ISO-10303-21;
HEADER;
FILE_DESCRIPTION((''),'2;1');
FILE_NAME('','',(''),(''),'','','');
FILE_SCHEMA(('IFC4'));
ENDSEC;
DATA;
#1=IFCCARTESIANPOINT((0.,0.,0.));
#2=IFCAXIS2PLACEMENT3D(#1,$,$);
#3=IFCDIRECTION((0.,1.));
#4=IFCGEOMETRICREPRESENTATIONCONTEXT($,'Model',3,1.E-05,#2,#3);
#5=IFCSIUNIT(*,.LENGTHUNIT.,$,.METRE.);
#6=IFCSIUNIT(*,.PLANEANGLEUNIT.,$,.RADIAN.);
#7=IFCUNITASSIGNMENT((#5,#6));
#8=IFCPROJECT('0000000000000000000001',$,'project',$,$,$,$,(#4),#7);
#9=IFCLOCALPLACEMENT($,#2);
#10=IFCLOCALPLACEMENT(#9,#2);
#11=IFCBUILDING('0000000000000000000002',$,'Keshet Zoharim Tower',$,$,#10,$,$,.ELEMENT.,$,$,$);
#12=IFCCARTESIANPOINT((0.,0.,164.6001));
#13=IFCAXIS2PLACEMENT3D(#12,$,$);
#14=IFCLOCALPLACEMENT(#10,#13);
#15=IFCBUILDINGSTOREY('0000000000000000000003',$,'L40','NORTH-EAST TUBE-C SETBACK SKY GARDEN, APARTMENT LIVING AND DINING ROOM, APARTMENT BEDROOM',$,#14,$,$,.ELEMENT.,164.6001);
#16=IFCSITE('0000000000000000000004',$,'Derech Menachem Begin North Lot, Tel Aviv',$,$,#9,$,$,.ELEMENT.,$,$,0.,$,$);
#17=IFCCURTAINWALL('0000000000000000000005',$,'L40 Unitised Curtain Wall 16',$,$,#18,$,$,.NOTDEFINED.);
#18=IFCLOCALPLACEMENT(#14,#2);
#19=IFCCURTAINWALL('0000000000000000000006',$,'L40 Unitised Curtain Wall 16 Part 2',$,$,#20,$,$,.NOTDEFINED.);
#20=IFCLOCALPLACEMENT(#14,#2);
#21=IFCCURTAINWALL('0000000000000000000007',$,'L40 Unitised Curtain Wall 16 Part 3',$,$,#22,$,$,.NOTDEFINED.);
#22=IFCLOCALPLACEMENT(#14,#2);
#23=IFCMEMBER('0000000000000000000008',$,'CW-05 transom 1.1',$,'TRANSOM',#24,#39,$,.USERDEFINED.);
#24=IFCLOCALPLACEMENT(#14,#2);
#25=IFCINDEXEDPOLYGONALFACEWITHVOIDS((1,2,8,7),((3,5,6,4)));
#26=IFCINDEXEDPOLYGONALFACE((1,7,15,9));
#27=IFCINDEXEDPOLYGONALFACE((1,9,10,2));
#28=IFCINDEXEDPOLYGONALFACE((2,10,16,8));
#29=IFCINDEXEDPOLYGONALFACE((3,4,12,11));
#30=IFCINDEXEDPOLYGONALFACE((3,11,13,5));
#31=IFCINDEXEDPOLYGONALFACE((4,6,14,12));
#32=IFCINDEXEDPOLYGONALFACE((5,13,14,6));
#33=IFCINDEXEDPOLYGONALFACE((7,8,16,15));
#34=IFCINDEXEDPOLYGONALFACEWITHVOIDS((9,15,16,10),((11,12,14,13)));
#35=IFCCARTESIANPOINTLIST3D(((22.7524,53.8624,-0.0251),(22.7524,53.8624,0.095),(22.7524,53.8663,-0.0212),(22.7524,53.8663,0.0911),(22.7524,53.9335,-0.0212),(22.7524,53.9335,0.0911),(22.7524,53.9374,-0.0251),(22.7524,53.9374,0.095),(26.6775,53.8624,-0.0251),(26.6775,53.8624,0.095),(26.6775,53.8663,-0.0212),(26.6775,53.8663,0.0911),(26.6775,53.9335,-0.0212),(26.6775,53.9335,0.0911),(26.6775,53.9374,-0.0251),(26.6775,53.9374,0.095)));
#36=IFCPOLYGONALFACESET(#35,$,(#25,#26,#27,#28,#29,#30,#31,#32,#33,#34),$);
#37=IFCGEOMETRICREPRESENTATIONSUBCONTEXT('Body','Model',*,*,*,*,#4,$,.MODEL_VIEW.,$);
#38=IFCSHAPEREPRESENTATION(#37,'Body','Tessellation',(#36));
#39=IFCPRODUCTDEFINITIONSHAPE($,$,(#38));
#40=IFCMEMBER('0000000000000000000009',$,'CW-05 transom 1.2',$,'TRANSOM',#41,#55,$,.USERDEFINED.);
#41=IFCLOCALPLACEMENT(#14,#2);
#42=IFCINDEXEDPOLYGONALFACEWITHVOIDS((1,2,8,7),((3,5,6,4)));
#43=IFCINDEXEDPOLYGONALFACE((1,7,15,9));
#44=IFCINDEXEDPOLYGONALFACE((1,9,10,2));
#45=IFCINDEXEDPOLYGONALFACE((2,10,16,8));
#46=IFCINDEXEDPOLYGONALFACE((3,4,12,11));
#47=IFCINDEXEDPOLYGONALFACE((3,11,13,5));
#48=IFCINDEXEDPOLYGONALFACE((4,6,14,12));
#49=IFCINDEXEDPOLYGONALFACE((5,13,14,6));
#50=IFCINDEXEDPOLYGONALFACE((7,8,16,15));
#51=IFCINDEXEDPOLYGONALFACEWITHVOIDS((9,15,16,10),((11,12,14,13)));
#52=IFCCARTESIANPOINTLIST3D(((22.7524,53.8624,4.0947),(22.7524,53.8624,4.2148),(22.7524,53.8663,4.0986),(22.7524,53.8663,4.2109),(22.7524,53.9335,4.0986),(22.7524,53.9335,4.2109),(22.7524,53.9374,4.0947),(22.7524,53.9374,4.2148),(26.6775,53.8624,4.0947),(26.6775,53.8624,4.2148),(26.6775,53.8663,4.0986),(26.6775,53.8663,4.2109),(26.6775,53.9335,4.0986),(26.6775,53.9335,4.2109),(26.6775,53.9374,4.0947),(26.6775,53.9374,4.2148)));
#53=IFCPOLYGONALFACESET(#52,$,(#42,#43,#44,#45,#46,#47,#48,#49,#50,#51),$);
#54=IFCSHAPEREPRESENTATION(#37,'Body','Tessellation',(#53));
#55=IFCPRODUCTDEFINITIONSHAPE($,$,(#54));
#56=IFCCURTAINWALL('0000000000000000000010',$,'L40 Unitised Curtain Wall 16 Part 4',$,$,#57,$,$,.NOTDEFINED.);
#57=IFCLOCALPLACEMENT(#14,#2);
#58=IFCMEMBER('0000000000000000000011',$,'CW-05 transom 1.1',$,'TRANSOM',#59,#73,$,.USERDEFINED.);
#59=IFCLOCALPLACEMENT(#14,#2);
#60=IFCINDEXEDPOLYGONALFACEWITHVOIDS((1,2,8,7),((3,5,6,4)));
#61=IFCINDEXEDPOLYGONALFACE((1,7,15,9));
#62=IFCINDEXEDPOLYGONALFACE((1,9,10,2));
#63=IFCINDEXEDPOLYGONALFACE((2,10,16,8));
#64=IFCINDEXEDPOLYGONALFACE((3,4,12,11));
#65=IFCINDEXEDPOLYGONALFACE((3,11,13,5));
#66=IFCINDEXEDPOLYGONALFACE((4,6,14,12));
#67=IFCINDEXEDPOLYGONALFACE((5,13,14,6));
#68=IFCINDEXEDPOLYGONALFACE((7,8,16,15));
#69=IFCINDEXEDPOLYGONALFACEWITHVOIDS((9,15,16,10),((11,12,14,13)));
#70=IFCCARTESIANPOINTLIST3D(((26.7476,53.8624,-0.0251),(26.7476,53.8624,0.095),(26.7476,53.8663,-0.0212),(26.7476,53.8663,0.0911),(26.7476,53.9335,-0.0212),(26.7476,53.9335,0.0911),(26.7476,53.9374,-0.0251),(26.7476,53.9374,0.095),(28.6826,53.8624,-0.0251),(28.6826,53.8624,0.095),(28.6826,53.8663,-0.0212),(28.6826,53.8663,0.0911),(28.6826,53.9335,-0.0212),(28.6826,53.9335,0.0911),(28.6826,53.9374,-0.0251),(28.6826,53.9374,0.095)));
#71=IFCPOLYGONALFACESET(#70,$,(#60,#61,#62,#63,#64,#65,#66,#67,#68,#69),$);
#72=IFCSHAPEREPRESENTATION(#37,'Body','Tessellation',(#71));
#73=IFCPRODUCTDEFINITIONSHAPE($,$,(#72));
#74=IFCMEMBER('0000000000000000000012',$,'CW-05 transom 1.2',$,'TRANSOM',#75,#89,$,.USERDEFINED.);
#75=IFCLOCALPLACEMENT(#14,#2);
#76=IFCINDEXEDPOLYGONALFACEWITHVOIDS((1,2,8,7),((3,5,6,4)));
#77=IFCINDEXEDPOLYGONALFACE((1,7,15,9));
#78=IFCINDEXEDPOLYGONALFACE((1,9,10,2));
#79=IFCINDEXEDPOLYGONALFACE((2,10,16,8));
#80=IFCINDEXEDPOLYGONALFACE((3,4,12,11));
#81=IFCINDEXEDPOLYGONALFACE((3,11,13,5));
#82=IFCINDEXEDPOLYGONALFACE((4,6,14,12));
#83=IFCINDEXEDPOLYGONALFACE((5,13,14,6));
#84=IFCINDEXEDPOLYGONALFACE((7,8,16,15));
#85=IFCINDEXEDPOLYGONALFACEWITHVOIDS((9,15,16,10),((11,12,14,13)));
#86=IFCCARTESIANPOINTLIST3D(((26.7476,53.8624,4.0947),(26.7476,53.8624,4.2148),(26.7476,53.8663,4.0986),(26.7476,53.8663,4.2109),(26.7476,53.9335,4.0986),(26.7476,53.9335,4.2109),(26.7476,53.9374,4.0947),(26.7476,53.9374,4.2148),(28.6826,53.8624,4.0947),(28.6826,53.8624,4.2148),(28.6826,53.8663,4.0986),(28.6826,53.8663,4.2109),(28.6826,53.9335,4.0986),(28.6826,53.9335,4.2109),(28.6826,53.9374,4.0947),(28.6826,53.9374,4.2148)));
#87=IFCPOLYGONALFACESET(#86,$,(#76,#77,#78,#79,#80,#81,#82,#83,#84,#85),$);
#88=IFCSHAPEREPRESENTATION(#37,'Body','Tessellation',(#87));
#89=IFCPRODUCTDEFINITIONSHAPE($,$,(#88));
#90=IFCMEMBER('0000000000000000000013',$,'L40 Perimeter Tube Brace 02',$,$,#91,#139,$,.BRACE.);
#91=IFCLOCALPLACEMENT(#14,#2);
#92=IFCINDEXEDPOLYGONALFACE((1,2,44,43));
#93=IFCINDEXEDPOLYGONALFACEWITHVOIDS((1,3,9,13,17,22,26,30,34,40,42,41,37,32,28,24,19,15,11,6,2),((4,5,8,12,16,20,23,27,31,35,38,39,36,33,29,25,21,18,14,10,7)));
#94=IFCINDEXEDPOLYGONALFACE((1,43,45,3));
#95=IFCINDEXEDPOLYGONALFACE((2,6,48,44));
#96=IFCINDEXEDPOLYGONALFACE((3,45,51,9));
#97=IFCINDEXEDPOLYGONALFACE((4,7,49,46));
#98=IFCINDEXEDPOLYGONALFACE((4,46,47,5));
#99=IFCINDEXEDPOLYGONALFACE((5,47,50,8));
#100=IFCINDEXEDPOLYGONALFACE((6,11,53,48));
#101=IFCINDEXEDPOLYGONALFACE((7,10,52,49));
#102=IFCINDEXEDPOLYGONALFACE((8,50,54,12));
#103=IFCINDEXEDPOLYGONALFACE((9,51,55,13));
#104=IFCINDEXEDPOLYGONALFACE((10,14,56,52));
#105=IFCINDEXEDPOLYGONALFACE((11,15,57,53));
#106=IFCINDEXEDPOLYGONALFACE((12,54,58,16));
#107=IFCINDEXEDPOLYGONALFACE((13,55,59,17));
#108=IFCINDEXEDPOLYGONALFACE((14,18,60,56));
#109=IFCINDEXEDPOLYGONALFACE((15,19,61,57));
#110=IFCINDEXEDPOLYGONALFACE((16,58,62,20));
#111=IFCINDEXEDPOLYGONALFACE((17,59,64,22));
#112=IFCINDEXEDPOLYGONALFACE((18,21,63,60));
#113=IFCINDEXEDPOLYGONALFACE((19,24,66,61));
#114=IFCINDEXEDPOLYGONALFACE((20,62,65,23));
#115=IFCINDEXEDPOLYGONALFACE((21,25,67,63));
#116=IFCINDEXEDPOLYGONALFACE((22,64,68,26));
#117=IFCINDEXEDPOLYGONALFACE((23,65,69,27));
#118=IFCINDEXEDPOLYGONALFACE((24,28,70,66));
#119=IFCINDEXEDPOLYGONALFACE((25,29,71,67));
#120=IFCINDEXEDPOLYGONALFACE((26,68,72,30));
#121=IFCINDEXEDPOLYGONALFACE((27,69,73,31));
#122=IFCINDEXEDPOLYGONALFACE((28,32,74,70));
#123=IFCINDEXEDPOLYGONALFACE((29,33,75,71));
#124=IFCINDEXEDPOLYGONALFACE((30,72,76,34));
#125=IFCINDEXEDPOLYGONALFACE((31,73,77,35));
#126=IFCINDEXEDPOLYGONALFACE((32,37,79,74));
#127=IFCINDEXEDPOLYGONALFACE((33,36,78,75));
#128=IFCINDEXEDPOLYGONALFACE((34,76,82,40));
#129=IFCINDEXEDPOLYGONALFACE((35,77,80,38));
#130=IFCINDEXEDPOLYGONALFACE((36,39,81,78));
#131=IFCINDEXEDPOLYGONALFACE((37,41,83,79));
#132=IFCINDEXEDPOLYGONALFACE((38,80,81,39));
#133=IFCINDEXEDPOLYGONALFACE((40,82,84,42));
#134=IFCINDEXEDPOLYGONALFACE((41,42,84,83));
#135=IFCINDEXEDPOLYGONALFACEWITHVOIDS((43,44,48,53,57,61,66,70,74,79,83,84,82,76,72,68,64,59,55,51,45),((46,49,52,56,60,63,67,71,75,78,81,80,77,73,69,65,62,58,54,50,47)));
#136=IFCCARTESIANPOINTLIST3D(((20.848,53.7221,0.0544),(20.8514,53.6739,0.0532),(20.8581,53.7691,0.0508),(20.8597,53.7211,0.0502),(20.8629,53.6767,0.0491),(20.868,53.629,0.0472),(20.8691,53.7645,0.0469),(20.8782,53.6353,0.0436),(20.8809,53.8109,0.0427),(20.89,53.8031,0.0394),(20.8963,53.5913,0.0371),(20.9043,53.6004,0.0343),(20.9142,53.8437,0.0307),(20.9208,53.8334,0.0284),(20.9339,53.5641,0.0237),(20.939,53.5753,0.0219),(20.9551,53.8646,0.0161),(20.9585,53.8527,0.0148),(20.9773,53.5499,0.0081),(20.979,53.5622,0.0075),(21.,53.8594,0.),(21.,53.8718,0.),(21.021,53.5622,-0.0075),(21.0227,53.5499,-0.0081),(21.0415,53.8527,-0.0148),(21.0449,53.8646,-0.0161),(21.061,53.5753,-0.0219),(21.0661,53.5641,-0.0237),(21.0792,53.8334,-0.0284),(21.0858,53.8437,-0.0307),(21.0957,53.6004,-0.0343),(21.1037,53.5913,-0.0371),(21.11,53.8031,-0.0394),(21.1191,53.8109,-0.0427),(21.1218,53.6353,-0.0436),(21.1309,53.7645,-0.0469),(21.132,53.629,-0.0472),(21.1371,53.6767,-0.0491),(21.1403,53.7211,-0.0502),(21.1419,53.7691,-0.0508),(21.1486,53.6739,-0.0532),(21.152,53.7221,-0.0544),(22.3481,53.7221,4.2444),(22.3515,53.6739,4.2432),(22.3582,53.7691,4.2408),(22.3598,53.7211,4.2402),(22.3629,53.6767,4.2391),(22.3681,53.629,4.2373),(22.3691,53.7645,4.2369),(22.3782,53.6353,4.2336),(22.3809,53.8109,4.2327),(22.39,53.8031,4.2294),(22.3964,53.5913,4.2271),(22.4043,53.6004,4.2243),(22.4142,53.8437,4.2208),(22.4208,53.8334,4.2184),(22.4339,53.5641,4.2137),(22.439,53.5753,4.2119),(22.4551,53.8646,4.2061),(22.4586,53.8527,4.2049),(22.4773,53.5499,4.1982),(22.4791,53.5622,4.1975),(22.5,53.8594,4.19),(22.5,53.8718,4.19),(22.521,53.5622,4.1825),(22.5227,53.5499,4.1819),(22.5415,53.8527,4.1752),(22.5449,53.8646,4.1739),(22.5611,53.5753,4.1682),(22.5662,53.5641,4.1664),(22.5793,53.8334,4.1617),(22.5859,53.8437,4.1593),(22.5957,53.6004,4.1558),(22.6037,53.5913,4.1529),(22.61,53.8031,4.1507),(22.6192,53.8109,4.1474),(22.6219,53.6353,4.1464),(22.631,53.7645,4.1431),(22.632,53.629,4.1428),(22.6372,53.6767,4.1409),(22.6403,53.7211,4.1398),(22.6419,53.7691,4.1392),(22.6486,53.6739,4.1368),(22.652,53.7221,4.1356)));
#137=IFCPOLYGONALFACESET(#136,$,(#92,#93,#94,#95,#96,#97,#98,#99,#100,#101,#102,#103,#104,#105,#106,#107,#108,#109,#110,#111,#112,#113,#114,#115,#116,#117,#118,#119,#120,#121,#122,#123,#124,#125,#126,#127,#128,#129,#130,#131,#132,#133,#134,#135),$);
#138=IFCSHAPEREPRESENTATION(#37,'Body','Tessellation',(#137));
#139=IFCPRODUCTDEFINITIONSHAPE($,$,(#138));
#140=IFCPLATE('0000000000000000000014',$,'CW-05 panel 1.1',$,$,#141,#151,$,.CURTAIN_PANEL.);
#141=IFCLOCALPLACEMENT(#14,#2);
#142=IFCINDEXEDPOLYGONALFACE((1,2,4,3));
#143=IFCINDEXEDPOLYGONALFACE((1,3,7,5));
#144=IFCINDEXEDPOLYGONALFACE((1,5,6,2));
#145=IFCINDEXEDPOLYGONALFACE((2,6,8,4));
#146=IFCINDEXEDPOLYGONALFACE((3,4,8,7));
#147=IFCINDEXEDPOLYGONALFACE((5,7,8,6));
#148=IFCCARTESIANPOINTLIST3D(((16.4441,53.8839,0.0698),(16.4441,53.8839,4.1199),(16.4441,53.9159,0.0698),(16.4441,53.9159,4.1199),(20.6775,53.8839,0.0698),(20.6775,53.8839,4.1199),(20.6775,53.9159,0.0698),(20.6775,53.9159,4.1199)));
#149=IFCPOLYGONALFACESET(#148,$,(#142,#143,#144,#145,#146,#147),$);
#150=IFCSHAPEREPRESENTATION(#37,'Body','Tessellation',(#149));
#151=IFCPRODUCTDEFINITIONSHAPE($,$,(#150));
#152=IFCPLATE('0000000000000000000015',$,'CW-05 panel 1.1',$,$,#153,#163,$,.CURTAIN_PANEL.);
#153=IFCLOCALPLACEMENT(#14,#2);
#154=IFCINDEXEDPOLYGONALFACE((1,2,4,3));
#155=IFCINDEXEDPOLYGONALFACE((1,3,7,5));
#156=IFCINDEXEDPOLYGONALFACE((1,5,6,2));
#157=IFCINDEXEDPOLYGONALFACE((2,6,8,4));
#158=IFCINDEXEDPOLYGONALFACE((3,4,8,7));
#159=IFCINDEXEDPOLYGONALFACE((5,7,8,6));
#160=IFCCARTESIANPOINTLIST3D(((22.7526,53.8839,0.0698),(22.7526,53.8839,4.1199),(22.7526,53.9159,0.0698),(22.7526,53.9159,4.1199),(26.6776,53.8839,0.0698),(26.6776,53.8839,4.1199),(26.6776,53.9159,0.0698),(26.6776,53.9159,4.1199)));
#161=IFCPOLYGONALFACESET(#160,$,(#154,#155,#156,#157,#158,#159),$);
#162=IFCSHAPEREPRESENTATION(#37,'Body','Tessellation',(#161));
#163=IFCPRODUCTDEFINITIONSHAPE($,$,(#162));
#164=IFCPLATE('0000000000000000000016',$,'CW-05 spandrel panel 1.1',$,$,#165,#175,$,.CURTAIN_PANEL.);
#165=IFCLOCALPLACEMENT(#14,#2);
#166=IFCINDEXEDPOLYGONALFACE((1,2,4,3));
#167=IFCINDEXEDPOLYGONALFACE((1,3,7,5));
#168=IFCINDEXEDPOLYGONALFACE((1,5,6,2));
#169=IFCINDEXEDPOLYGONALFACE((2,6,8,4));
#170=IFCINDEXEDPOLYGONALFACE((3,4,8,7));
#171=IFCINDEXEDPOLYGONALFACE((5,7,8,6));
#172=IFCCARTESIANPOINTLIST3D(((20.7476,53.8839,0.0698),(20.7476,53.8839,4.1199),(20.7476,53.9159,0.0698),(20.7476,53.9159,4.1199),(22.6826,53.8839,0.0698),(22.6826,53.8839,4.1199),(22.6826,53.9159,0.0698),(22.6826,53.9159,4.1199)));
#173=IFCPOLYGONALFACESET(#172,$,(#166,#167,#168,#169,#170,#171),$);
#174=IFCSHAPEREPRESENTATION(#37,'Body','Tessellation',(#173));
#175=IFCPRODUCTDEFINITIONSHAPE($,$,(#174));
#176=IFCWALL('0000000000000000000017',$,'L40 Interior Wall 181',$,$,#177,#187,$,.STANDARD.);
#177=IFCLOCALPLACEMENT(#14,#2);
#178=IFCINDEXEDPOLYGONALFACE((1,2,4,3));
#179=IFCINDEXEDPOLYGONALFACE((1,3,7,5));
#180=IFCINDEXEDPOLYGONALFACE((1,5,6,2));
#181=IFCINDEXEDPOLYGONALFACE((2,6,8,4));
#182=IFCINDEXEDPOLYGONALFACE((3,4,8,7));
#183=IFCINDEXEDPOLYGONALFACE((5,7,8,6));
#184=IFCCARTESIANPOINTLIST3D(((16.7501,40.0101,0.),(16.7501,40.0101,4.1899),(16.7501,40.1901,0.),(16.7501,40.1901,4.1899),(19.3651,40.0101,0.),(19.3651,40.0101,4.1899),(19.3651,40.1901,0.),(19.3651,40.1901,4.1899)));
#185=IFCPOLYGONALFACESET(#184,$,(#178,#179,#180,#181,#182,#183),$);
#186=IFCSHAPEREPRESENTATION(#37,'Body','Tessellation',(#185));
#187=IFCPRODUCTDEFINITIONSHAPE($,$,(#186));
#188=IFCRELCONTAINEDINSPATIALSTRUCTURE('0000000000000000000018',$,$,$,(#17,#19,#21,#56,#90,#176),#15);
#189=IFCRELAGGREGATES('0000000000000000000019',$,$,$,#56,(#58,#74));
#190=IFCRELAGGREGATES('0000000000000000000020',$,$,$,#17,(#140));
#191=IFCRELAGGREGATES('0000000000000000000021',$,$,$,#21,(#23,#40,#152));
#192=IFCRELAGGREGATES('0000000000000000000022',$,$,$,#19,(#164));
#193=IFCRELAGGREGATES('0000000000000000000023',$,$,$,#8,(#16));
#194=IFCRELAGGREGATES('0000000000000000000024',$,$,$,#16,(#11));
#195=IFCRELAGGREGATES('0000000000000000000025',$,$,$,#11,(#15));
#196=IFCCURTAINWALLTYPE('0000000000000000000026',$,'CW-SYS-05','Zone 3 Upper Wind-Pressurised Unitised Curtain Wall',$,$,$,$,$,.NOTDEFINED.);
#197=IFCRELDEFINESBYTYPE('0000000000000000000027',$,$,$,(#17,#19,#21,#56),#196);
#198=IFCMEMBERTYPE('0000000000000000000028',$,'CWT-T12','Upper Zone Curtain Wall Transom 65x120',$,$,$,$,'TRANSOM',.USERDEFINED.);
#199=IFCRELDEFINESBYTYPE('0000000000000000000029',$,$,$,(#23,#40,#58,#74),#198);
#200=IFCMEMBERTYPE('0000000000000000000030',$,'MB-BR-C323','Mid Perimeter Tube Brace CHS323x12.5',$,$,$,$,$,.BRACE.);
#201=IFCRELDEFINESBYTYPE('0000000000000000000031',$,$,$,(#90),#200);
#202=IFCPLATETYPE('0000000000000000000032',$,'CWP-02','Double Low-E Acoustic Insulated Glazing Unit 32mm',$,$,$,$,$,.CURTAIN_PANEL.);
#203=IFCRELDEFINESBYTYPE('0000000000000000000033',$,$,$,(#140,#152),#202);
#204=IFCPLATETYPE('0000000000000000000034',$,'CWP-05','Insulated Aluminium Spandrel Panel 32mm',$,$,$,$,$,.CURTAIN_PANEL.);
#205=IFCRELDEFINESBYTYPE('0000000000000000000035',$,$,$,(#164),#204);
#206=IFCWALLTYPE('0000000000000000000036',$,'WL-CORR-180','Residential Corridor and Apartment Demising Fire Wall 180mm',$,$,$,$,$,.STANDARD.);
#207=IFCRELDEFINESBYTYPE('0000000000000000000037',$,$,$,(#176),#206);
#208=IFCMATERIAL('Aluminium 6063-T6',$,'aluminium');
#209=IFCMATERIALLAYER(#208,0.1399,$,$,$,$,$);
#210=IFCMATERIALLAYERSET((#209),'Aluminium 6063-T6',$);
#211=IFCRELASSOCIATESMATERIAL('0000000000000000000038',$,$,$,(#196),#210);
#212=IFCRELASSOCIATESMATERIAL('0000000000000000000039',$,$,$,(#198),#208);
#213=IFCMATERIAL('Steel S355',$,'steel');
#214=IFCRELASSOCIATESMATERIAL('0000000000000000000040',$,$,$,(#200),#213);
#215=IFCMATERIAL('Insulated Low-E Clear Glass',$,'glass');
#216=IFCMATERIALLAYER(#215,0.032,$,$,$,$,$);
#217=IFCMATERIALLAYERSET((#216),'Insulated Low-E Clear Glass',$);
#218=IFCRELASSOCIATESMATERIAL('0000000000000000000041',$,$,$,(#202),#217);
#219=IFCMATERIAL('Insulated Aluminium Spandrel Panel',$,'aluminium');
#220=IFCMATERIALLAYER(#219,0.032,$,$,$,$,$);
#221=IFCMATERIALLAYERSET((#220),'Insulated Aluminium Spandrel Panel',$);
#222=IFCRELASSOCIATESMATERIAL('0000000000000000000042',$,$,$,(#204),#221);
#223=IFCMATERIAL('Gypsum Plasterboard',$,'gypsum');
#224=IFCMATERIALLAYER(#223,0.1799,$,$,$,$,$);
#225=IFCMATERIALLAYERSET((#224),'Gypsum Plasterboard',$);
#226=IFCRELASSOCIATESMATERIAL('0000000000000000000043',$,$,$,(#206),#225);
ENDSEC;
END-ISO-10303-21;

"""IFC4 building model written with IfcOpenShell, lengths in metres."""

from ifc_helpers import new_model, si_unit, direction, frame, frame_2d, origin, origin_2d, place, context, subcontext, project, spatial, rectangle, hollow_rectangle, hollow_circle, extrude, material, layer, layer_set, material_profile, profile_set, type_object, element, aggregate, save


model = new_model("IFC4")

# Units and contexts
model_context = context("Model", 3, precision=1e-05, world=origin(), true_north=direction((0.0, 1.0)))
body_context = subcontext(model_context, "Body", "Model", "MODEL_VIEW")
ifc_project = project(units=[si_unit("LENGTHUNIT", "METRE"), si_unit("PLANEANGLEUNIT", "RADIAN")], contexts=[model_context])

# Site, building, storey
site_placement = place(None, origin())
site = spatial("IfcSite", under=ifc_project, at=site_placement, Name="Derech Menachem Begin North Lot, Tel Aviv", CompositionType="ELEMENT", RefElevation=0.0)
building_placement = place(site_placement, origin())
building = spatial("IfcBuilding", under=site, at=building_placement, Name="Keshet Zoharim Tower", CompositionType="ELEMENT")
storey_placement = place(building_placement, frame((0.0, 0.0, 164.6001)))
storey = spatial("IfcBuildingStorey", under=building, at=storey_placement, Name="L40", Description="NORTH-EAST TUBE-C SETBACK SKY GARDEN, APARTMENT LIVING AND DINING ROOM, APARTMENT BEDROOM", CompositionType="ELEMENT", Elevation=164.6001)

# Shared definitions
ifc_material_1 = material(Name="Steel S355", Category="steel")

# Curtain walls
ifc_material_2 = material(Name="Aluminium 6063-T6", Category="aluminium")
ifc_layer_1 = layer(ifc_material_2, 0.1399)
ifc_layer_set_1 = layer_set([ifc_layer_1], Name="Aluminium 6063-T6")
curtain_wall_type = type_object("IfcCurtainWallType", Name="CW-SYS-05", Description="Zone 3 Upper Wind-Pressurised Unitised Curtain Wall", PredefinedType="NOTDEFINED", material=ifc_layer_set_1)
curtain_wall_1_placement = place(storey_placement, origin())
curtain_wall_1 = element("IfcCurtainWall", 1, at=curtain_wall_1_placement, inside=storey, type_object=curtain_wall_type, Name="L40 Unitised Curtain Wall 16", PredefinedType="NOTDEFINED")
curtain_wall_2_placement = place(storey_placement, origin())
curtain_wall_2 = element("IfcCurtainWall", 2, at=curtain_wall_2_placement, inside=storey, type_object=curtain_wall_type, Name="L40 Unitised Curtain Wall 16 Part 2", PredefinedType="NOTDEFINED")
curtain_wall_3_placement = place(storey_placement, origin())
curtain_wall_3 = element("IfcCurtainWall", 3, at=curtain_wall_3_placement, inside=storey, type_object=curtain_wall_type, Name="L40 Unitised Curtain Wall 16 Part 3", PredefinedType="NOTDEFINED")

# Members
ifc_material_profile_1 = material_profile(ifc_material_2, hollow_rectangle(XDim=0.075, YDim=0.1201, WallThickness=0.0039, at=origin_2d()), Name="TRN-75x120")
ifc_profile_set_1 = profile_set([ifc_material_profile_1], Name="Aluminium 6063-T6")
member_type_1 = type_object("IfcMemberType", Name="CWT-T12", Description="Upper Zone Curtain Wall Transom 65x120", ElementType="TRANSOM", PredefinedType="USERDEFINED", material=ifc_profile_set_1)
member_1_placement = place(storey_placement, frame((22.7524, 53.8999, 0.0349), z_axis=(1.0, 0.0, 0.0), x_axis=(0.0, 1.0, 0.0)))
member_1 = element("IfcMember", 4, at=member_1_placement, type_object=member_type_1, Name="CW-05 transom 1.1", ObjectType="TRANSOM", PredefinedType="USERDEFINED", context=body_context, shape_type="SweptSolid", body=[
    extrude(hollow_rectangle(XDim=0.075, YDim=0.1201, WallThickness=0.0039, at=origin_2d()), origin(), (0.0, 0.0, 1.0), 3.925),
])
member_2_placement = place(storey_placement, frame((22.7524, 53.8999, 4.1548), z_axis=(1.0, 0.0, 0.0), x_axis=(0.0, 1.0, 0.0)))
member_2 = element("IfcMember", 5, at=member_2_placement, type_object=member_type_1, Name="CW-05 transom 1.2", ObjectType="TRANSOM", PredefinedType="USERDEFINED", context=body_context, shape_type="SweptSolid", body=[
    extrude(hollow_rectangle(XDim=0.075, YDim=0.1201, WallThickness=0.0039, at=origin_2d()), origin(), (0.0, 0.0, 1.0), 3.925),
])

# Curtain wall, members
curtain_wall_4_placement = place(storey_placement, origin())
curtain_wall_4 = element("IfcCurtainWall", 6, at=curtain_wall_4_placement, inside=storey, type_object=curtain_wall_type, Name="L40 Unitised Curtain Wall 16 Part 4", PredefinedType="NOTDEFINED")
member_3_placement = place(storey_placement, frame((26.7476, 53.8999, 0.0349), z_axis=(1.0, 0.0, 0.0), x_axis=(0.0, 1.0, 0.0)))
member_3 = element("IfcMember", 7, at=member_3_placement, type_object=member_type_1, Name="CW-05 transom 1.1", ObjectType="TRANSOM", PredefinedType="USERDEFINED", context=body_context, shape_type="SweptSolid", body=[
    extrude(hollow_rectangle(XDim=0.075, YDim=0.1201, WallThickness=0.0039, at=origin_2d()), origin(), (0.0, 0.0, 1.0), 1.9351),
])
member_4_placement = place(storey_placement, frame((26.7476, 53.8999, 4.1548), z_axis=(1.0, 0.0, 0.0), x_axis=(0.0, 1.0, 0.0)))
member_4 = element("IfcMember", 8, at=member_4_placement, type_object=member_type_1, Name="CW-05 transom 1.2", ObjectType="TRANSOM", PredefinedType="USERDEFINED", context=body_context, shape_type="SweptSolid", body=[
    extrude(hollow_rectangle(XDim=0.075, YDim=0.1201, WallThickness=0.0039, at=origin_2d()), origin(), (0.0, 0.0, 1.0), 1.9351),
])
aggregate(curtain_wall_4, [member_3, member_4])

# Member
ifc_material_profile_2 = material_profile(ifc_material_1, hollow_circle(Radius=0.1619, WallThickness=0.0125, at=origin_2d()), Name="CHS323x12.5")
ifc_profile_set_2 = profile_set([ifc_material_profile_2], Name="Steel S355")
member_type_2 = type_object("IfcMemberType", Name="MB-BR-C323", Description="Mid Perimeter Tube Brace CHS323x12.5", PredefinedType="BRACE", material=ifc_profile_set_2)
member_5_placement = place(storey_placement, frame((21.0, 53.71, 0.0), z_axis=(0.337052, 0.0, 0.941486), x_axis=(0.0, 1.0, 0.0)))
element("IfcMember", 9, at=member_5_placement, inside=storey, type_object=member_type_2, Name="L40 Perimeter Tube Brace 02", PredefinedType="BRACE", context=body_context, shape_type="SweptSolid", body=[
    extrude(hollow_circle(Radius=0.1619, WallThickness=0.0125, at=origin_2d()), origin(), (0.0, 0.0, 1.0), 4.4504),
])

# Plates
ifc_material_3 = material(Name="Insulated Low-E Clear Glass", Category="glass")
ifc_layer_2 = layer(ifc_material_3, 0.032)
ifc_layer_set_2 = layer_set([ifc_layer_2], Name="Insulated Low-E Clear Glass")
plate_type_1 = type_object("IfcPlateType", Name="CWP-02", Description="Double Low-E Acoustic Insulated Glazing Unit 32mm", PredefinedType="CURTAIN_PANEL", material=ifc_layer_set_2)
plate_1_placement = place(storey_placement, frame((18.5608, 53.8999, 0.0698), z_axis=(0.0, 0.0, 1.0), x_axis=(1.0, 0.0, 0.0)))
plate_1 = element("IfcPlate", 10, at=plate_1_placement, type_object=plate_type_1, Name="CW-05 panel 1.1", PredefinedType="CURTAIN_PANEL", context=body_context, shape_type="SweptSolid", body=[
    extrude(rectangle(XDim=4.2334, YDim=0.032, at=origin_2d()), origin(), (0.0, 0.0, 1.0), 4.05),
])
aggregate(curtain_wall_1, [plate_1])
plate_2_placement = place(storey_placement, frame((24.7151, 53.8999, 0.0698), z_axis=(0.0, 0.0, 1.0), x_axis=(1.0, 0.0, 0.0)))
plate_2 = element("IfcPlate", 11, at=plate_2_placement, type_object=plate_type_1, Name="CW-05 panel 1.1", PredefinedType="CURTAIN_PANEL", context=body_context, shape_type="SweptSolid", body=[
    extrude(rectangle(XDim=3.925, YDim=0.032, at=origin_2d()), origin(), (0.0, 0.0, 1.0), 4.05),
])
aggregate(curtain_wall_3, [member_1, member_2, plate_2])
ifc_material_4 = material(Name="Insulated Aluminium Spandrel Panel", Category="aluminium")
ifc_layer_3 = layer(ifc_material_4, 0.032)
ifc_layer_set_3 = layer_set([ifc_layer_3], Name="Insulated Aluminium Spandrel Panel")
plate_type_2 = type_object("IfcPlateType", Name="CWP-05", Description="Insulated Aluminium Spandrel Panel 32mm", PredefinedType="CURTAIN_PANEL", material=ifc_layer_set_3)
plate_3_placement = place(storey_placement, frame((21.7151, 53.8999, 0.0698), z_axis=(0.0, 0.0, 1.0), x_axis=(1.0, 0.0, 0.0)))
plate_3 = element("IfcPlate", 12, at=plate_3_placement, type_object=plate_type_2, Name="CW-05 spandrel panel 1.1", PredefinedType="CURTAIN_PANEL", context=body_context, shape_type="SweptSolid", body=[
    extrude(rectangle(XDim=1.9351, YDim=0.032, at=origin_2d()), origin(), (0.0, 0.0, 1.0), 4.05),
])
aggregate(curtain_wall_2, [plate_3])

# Wall
ifc_material_5 = material(Name="Gypsum Plasterboard", Category="gypsum")
ifc_layer_4 = layer(ifc_material_5, 0.1799)
ifc_layer_set_4 = layer_set([ifc_layer_4], Name="Gypsum Plasterboard")
wall_type_1 = type_object("IfcWallType", Name="WL-CORR-180", Description="Residential Corridor and Apartment Demising Fire Wall 180mm", PredefinedType="STANDARD", material=ifc_layer_set_4)
wall_1_placement = place(storey_placement, frame((16.75, 40.1001, 0.0), z_axis=(0.0, 0.0, 1.0), x_axis=(1.0, 0.0, 0.0)))
element("IfcWall", 13, at=wall_1_placement, inside=storey, type_object=wall_type_1, Name="L40 Interior Wall 181", PredefinedType="STANDARD", context=body_context, shape_type="SweptSolid", body=[
    extrude(rectangle(XDim=2.615, YDim=0.1799, at=frame_2d((1.3076, 0.0))), origin(), (0.0, 0.0, 1.0), 4.1899),
])

save(model, "model.ifc")
